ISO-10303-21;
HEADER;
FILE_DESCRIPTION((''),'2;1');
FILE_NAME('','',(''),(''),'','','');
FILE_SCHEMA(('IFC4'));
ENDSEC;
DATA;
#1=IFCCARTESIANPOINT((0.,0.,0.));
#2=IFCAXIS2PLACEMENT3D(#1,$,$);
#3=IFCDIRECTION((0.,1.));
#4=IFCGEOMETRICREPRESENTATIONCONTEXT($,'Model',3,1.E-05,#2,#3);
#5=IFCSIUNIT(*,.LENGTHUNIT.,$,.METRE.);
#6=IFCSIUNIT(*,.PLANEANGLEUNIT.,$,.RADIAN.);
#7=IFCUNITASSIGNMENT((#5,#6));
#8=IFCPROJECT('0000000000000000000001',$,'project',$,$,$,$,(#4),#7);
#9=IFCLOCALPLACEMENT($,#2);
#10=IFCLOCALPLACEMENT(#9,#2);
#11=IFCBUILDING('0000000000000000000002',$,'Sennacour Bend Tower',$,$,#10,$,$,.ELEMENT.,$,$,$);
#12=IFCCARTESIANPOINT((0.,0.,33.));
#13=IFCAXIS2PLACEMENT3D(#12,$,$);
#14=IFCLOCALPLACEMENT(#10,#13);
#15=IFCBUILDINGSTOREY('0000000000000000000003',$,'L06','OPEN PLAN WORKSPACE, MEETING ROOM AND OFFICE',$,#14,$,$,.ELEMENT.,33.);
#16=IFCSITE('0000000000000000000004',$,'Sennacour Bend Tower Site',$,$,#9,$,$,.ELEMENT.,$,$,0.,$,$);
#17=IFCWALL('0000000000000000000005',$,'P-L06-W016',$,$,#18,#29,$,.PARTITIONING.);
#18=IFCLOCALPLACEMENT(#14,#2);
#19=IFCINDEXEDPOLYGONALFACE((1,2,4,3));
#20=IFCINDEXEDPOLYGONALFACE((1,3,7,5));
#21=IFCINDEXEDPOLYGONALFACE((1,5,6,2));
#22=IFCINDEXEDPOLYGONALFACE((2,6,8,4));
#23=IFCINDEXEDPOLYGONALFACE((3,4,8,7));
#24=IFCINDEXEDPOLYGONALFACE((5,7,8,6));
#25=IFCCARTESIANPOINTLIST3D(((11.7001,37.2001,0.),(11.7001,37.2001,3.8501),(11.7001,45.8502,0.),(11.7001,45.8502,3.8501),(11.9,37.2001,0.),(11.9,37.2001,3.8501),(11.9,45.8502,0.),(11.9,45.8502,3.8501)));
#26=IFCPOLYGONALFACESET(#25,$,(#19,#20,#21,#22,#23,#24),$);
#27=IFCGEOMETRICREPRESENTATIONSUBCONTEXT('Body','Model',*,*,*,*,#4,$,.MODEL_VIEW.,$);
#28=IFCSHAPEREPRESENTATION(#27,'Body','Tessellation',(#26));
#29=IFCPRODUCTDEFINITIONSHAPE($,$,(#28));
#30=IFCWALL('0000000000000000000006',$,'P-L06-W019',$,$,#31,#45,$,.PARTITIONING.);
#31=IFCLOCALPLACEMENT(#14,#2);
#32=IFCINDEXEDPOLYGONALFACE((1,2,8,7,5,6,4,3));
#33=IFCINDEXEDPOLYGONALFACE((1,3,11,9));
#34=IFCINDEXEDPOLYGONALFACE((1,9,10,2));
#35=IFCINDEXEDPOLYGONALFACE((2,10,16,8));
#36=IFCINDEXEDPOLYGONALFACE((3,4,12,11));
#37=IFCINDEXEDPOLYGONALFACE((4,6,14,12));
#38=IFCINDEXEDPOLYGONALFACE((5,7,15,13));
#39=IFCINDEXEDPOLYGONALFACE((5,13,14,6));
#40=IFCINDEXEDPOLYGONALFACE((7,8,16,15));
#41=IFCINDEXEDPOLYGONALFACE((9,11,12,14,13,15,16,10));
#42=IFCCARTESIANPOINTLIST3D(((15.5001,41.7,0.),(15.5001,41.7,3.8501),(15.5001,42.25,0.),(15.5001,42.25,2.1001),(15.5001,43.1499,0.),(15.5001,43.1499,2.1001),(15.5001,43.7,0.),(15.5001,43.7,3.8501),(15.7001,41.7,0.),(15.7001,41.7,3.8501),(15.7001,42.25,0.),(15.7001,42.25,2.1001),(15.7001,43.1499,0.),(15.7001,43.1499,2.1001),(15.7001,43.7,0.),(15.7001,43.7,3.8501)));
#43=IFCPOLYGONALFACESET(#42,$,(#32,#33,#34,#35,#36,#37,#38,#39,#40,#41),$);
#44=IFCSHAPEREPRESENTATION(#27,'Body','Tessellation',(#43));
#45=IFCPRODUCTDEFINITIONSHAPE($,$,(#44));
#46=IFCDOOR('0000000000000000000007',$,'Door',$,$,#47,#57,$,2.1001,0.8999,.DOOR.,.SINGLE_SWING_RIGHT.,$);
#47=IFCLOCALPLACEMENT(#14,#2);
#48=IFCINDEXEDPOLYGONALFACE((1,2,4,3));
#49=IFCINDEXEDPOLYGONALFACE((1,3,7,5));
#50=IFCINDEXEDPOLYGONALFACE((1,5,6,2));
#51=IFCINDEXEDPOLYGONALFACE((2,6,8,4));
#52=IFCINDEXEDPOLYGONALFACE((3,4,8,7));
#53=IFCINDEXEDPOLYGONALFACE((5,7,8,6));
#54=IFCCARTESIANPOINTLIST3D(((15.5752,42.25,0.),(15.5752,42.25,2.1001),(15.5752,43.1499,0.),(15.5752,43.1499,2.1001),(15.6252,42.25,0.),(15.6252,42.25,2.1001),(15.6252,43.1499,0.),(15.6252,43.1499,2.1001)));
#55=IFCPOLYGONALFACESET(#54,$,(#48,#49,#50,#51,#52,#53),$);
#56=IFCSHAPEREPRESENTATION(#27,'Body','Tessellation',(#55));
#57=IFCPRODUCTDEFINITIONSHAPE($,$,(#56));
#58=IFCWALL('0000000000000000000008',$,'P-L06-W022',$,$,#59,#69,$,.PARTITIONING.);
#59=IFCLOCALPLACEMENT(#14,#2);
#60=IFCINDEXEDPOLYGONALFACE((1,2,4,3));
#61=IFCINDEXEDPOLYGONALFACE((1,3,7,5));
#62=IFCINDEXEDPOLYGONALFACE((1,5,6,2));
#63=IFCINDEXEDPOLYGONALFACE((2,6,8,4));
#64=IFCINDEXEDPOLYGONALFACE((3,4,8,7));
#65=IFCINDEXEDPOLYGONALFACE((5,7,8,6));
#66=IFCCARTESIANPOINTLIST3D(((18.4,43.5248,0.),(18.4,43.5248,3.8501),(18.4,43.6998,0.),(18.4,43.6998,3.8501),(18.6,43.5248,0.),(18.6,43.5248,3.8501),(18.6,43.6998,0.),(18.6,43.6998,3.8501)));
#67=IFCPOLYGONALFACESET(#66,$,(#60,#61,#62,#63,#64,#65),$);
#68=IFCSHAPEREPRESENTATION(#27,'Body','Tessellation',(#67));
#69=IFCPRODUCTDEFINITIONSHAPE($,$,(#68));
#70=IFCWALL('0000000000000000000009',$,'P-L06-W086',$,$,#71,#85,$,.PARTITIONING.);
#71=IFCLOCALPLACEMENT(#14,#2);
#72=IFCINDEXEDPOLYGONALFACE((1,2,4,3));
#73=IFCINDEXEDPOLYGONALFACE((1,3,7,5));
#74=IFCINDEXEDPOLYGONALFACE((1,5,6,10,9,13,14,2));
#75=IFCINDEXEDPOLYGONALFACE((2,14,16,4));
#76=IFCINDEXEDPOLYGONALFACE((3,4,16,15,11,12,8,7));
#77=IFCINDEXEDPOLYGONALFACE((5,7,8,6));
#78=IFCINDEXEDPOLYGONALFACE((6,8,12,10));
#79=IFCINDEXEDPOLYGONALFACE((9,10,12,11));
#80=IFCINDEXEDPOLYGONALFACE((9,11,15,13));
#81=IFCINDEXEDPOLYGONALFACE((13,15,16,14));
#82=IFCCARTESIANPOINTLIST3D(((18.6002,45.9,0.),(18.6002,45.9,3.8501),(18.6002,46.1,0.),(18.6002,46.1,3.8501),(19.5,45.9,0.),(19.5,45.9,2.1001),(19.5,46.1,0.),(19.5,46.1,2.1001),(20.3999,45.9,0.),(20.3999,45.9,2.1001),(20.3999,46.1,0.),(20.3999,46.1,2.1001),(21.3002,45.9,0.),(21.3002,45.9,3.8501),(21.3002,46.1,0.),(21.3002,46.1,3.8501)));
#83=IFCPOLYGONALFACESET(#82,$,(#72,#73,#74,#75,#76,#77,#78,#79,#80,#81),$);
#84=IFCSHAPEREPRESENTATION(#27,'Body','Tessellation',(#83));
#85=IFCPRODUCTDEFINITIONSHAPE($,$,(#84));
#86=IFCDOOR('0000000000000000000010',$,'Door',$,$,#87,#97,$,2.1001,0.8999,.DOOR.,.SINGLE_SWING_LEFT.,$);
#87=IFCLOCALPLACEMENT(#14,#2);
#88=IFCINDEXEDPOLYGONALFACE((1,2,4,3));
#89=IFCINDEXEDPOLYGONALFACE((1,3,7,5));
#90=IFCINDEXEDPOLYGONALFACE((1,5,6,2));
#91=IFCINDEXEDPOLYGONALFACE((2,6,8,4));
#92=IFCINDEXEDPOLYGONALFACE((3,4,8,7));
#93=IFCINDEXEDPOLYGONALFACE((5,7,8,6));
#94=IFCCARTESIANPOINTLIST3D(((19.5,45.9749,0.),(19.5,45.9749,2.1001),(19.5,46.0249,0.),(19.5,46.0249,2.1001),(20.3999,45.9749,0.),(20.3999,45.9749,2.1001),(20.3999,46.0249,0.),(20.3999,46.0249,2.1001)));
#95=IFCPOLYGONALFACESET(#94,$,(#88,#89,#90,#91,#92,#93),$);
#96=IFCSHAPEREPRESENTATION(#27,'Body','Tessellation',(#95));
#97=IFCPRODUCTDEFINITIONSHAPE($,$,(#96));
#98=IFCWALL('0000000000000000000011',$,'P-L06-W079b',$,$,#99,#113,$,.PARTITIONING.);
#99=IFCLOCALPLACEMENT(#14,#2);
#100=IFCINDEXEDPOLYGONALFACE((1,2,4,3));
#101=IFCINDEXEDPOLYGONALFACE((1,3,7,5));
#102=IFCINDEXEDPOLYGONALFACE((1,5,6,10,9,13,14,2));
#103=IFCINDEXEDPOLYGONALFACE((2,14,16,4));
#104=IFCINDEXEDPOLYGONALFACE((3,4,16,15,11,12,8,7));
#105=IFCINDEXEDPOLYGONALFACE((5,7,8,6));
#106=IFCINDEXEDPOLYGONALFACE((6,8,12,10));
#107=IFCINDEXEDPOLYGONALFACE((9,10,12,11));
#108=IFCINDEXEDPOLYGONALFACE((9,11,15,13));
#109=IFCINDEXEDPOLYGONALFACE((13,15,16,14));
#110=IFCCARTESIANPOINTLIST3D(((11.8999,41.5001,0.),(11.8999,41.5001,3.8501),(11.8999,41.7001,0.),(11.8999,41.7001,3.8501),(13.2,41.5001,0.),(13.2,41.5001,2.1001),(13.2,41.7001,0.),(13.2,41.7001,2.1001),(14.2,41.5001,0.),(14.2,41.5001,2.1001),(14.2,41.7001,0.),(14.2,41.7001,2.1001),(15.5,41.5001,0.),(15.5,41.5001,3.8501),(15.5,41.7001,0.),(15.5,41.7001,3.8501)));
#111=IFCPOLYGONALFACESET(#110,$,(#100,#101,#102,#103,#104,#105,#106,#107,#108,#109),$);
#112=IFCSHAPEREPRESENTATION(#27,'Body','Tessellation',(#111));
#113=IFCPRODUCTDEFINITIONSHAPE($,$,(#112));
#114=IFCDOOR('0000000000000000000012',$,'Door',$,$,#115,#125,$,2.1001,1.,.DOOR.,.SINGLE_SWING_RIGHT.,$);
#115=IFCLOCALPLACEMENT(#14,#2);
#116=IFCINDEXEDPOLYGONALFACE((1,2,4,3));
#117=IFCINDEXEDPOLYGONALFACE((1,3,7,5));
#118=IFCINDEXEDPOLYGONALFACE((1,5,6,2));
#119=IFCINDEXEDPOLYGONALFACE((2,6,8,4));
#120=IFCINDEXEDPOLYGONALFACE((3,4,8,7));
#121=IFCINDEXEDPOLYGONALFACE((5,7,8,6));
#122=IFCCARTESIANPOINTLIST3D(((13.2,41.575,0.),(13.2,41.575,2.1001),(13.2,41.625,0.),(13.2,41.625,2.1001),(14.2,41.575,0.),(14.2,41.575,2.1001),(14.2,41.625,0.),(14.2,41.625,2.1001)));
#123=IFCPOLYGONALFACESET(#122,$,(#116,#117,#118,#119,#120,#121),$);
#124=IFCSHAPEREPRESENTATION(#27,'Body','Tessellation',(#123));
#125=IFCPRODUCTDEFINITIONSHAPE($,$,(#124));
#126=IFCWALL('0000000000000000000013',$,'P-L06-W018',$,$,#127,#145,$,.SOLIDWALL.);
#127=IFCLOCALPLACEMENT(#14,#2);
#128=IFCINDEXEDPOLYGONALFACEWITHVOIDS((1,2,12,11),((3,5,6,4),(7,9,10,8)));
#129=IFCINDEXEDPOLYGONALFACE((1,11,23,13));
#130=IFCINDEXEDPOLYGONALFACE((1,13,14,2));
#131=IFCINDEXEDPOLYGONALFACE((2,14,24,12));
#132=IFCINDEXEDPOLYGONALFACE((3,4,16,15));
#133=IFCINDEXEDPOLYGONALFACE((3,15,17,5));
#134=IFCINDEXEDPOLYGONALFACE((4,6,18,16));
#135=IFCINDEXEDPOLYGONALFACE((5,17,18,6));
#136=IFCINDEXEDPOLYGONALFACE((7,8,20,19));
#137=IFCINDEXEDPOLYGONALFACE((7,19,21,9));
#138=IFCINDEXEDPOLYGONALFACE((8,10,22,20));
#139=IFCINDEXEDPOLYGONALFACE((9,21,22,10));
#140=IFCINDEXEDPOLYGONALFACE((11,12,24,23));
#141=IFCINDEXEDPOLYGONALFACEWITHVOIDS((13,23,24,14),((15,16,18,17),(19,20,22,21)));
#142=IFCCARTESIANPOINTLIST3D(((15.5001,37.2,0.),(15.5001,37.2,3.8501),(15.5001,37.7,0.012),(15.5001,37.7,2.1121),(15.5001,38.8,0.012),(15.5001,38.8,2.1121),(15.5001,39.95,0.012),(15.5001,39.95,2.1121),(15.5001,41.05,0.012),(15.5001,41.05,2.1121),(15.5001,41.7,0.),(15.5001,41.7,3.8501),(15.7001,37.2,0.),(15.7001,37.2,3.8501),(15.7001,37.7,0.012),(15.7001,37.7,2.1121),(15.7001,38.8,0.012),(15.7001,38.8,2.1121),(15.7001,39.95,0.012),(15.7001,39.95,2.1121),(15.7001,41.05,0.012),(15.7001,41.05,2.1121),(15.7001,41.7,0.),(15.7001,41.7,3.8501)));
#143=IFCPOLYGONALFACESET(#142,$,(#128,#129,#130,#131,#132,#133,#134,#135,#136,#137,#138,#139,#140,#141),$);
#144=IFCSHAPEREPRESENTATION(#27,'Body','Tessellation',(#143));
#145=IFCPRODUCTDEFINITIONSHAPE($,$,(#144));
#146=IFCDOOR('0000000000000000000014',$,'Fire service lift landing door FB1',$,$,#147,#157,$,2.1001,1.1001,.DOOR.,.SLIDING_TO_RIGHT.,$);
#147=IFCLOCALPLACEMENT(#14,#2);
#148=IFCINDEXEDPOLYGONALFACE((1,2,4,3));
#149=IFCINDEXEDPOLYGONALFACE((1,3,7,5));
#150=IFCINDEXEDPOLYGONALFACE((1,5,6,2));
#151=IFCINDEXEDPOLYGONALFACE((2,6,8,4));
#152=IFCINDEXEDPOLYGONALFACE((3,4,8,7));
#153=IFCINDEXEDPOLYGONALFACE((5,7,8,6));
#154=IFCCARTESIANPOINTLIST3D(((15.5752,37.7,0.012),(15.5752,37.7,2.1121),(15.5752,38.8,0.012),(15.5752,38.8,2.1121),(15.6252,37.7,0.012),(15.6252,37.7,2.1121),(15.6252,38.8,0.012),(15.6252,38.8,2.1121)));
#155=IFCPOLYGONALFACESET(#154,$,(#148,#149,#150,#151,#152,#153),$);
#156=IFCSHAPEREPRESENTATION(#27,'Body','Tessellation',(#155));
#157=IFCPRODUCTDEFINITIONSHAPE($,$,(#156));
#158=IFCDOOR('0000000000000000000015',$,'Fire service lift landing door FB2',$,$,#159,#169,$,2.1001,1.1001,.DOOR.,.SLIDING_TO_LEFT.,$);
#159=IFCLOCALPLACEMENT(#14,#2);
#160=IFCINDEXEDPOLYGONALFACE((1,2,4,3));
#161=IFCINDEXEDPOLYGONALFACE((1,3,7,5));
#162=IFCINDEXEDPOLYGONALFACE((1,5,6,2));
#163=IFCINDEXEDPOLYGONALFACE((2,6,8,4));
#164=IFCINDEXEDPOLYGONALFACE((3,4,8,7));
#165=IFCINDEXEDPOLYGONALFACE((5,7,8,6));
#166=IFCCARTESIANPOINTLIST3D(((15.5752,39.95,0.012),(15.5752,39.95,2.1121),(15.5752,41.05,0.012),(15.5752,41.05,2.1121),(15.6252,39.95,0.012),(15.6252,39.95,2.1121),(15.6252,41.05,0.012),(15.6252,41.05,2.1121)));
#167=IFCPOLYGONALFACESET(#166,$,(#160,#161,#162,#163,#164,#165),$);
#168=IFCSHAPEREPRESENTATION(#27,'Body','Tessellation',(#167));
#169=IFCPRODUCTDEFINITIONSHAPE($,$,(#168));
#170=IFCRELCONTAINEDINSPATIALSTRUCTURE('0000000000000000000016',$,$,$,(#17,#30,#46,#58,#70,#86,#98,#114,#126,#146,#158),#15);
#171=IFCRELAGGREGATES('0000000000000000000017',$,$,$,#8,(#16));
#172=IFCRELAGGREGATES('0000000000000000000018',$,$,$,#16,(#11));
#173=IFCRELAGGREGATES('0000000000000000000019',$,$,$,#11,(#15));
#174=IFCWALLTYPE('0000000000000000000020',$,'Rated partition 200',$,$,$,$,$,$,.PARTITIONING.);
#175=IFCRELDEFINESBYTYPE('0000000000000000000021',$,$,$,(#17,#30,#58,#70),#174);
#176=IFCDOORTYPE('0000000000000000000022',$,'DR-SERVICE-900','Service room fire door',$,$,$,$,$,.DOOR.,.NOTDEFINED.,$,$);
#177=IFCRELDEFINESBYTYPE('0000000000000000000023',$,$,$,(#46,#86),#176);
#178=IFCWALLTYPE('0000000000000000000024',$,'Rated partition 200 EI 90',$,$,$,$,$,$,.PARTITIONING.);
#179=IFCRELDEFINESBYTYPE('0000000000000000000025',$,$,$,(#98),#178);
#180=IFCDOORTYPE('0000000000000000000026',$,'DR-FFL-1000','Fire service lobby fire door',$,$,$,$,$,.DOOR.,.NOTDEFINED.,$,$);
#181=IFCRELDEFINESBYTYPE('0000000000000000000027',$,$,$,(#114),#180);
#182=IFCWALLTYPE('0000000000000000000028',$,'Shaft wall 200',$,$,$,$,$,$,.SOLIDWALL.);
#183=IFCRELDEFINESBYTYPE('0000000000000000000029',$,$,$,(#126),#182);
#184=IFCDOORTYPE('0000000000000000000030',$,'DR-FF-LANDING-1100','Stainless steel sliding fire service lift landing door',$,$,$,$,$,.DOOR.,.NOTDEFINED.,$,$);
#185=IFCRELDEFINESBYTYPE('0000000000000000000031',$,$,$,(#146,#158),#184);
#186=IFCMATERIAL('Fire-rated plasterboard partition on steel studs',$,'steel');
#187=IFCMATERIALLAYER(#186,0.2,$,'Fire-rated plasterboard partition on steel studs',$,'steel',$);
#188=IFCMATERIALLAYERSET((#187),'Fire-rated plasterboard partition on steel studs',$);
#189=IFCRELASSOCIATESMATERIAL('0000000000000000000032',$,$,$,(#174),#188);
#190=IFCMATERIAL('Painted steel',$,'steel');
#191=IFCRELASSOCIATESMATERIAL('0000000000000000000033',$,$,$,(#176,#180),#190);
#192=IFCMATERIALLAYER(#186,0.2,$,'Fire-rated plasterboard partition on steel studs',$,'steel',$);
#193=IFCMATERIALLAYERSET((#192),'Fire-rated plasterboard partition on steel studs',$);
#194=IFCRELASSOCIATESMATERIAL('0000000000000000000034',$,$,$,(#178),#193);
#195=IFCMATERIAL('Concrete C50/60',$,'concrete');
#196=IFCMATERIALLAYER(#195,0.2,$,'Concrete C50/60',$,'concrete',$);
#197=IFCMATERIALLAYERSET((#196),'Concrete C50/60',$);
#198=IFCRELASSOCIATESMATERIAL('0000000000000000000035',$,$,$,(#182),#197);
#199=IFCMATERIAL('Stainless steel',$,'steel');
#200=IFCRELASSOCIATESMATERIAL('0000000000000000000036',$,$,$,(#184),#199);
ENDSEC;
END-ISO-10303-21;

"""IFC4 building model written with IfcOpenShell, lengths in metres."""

from ifc_helpers import new_model, si_unit, direction, frame, frame_2d, origin, place, context, subcontext, project, spatial, rectangle, extrude, material, layer, layer_set, type_object, element, fill, save


model = new_model("IFC4")

# Units and contexts
model_context = context("Model", 3, precision=1e-05, world=origin(), true_north=direction((0.0, 1.0)))
body_context = subcontext(model_context, "Body", "Model", "MODEL_VIEW")
ifc_project = project(units=[si_unit("LENGTHUNIT", "METRE"), si_unit("PLANEANGLEUNIT", "RADIAN")], contexts=[model_context])

# Site, building, storey
site_placement = place(None, origin())
site = spatial("IfcSite", under=ifc_project, at=site_placement, Name="Sennacour Bend Tower Site", CompositionType="ELEMENT", RefElevation=0.0)
building_placement = place(site_placement, origin())
building = spatial("IfcBuilding", under=site, at=building_placement, Name="Sennacour Bend Tower", CompositionType="ELEMENT")
storey_placement = place(building_placement, frame((0.0, 0.0, 33.0)))
storey = spatial("IfcBuildingStorey", under=building, at=storey_placement, Name="L06", Description="OPEN PLAN WORKSPACE, MEETING ROOM AND OFFICE", CompositionType="ELEMENT", Elevation=33.0)

# Wall
ifc_material_1 = material(Name="Fire-rated plasterboard partition on steel studs", Category="steel")
ifc_layer_1 = layer(ifc_material_1, 0.2, Name="Fire-rated plasterboard partition on steel studs", Category="steel")
ifc_layer_set_1 = layer_set([ifc_layer_1], Name="Fire-rated plasterboard partition on steel studs")
wall_type_1 = type_object("IfcWallType", Name="Rated partition 200", PredefinedType="PARTITIONING", material=ifc_layer_set_1)
wall_1_placement = place(storey_placement, frame((11.8, 37.2, 0.0), z_axis=(0.0, 0.0, 1.0), x_axis=(0.0, 1.0, 0.0)))
element("IfcWall", 1, at=wall_1_placement, inside=storey, type_object=wall_type_1, Name="P-L06-W016", PredefinedType="PARTITIONING", context=body_context, shape_type="SweptSolid", body=[
    extrude(rectangle(XDim=8.6501, YDim=0.2, at=frame_2d((4.3252, 0.0))), origin(), (0.0, 0.0, 1.0), 3.8501),
])

# Wall, opening, door
wall_2_placement = place(storey_placement, frame((15.6001, 41.7, 0.0), z_axis=(0.0, 0.0, 1.0), x_axis=(0.0, 1.0, 0.0)))
wall_2 = element("IfcWall", 2, at=wall_2_placement, inside=storey, type_object=wall_type_1, Name="P-L06-W019", PredefinedType="PARTITIONING", context=body_context, shape_type="SweptSolid", body=[
    extrude(rectangle(XDim=2.0, YDim=0.2, at=frame_2d((1.0, 0.0))), origin(), (0.0, 0.0, 1.0), 3.8501),
])
opening_1_placement = place(wall_2_placement, frame((0.55, 0.0, 0.0)))
opening_1 = element("IfcOpeningElement", 3, at=opening_1_placement, cuts=wall_2, PredefinedType="OPENING", context=body_context, shape_type="SweptSolid", body=[
    extrude(rectangle(XDim=0.8999, YDim=2.1001, at=frame_2d((0.45, 1.05))), frame((0.0, 0.1099, 0.0), z_axis=(0.0, -1.0, 0.0), x_axis=(1.0, 0.0, 0.0)), (0.0, 0.0, 1.0), 0.22),
])
ifc_material_2 = material(Name="Painted steel", Category="steel")
door_type_1 = type_object("IfcDoorType", Name="DR-SERVICE-900", Description="Service room fire door", OperationType="NOTDEFINED", PredefinedType="DOOR", material=ifc_material_2)
door_1_placement = place(opening_1_placement, origin())
door_1 = element("IfcDoor", 4, at=door_1_placement, inside=storey, type_object=door_type_1, Name="Door", OperationType="SINGLE_SWING_RIGHT", OverallHeight=2.1001, OverallWidth=0.8999, PredefinedType="DOOR", context=body_context, shape_type="SweptSolid", body=[
    extrude(rectangle(XDim=0.8999, YDim=2.1001, at=frame_2d((0.45, 1.05))), frame((0.0, 0.0249, 0.0), z_axis=(0.0, -1.0, 0.0), x_axis=(1.0, 0.0, 0.0)), (0.0, 0.0, 1.0), 0.05),
])
fill(opening_1, door_1)

# Wall
wall_3_placement = place(storey_placement, frame((18.5, 43.5249, 0.0), z_axis=(0.0, 0.0, 1.0), x_axis=(0.0, 1.0, 0.0)))
element("IfcWall", 5, at=wall_3_placement, inside=storey, type_object=wall_type_1, Name="P-L06-W022", PredefinedType="PARTITIONING", context=body_context, shape_type="SweptSolid", body=[
    extrude(rectangle(XDim=0.175, YDim=0.2, at=frame_2d((0.0874, 0.0))), origin(), (0.0, 0.0, 1.0), 3.8501),
])

# Walls, openings, doors
wall_4_placement = place(storey_placement, frame((18.6001, 46.0, 0.0), z_axis=(0.0, 0.0, 1.0), x_axis=(1.0, 0.0, 0.0)))
wall_4 = element("IfcWall", 6, at=wall_4_placement, inside=storey, type_object=wall_type_1, Name="P-L06-W086", PredefinedType="PARTITIONING", context=body_context, shape_type="SweptSolid", body=[
    extrude(rectangle(XDim=2.7, YDim=0.2, at=frame_2d((1.3501, 0.0))), origin(), (0.0, 0.0, 1.0), 3.8501),
])
opening_2_placement = place(wall_4_placement, frame((0.8999, 0.0, 0.0)))
opening_2 = element("IfcOpeningElement", 7, at=opening_2_placement, cuts=wall_4, PredefinedType="OPENING", context=body_context, shape_type="SweptSolid", body=[
    extrude(rectangle(XDim=0.8999, YDim=2.1001, at=frame_2d((0.45, 1.05))), frame((0.0, 0.1099, 0.0), z_axis=(0.0, -1.0, 0.0), x_axis=(1.0, 0.0, 0.0)), (0.0, 0.0, 1.0), 0.22),
])
door_2_placement = place(opening_2_placement, origin())
door_2 = element("IfcDoor", 8, at=door_2_placement, inside=storey, type_object=door_type_1, Name="Door", OperationType="SINGLE_SWING_LEFT", OverallHeight=2.1001, OverallWidth=0.8999, PredefinedType="DOOR", context=body_context, shape_type="SweptSolid", body=[
    extrude(rectangle(XDim=0.8999, YDim=2.1001, at=frame_2d((0.45, 1.05))), frame((0.0, 0.0249, 0.0), z_axis=(0.0, -1.0, 0.0), x_axis=(1.0, 0.0, 0.0)), (0.0, 0.0, 1.0), 0.05),
])
fill(opening_2, door_2)
ifc_layer_2 = layer(ifc_material_1, 0.2, Name="Fire-rated plasterboard partition on steel studs", Category="steel")
ifc_layer_set_2 = layer_set([ifc_layer_2], Name="Fire-rated plasterboard partition on steel studs")
wall_type_2 = type_object("IfcWallType", Name="Rated partition 200 EI 90", PredefinedType="PARTITIONING", material=ifc_layer_set_2)
wall_5_placement = place(storey_placement, frame((11.8999, 41.6001, 0.0), z_axis=(0.0, 0.0, 1.0), x_axis=(1.0, 0.0, 0.0)))
wall_5 = element("IfcWall", 9, at=wall_5_placement, inside=storey, type_object=wall_type_2, Name="P-L06-W079b", PredefinedType="PARTITIONING", context=body_context, shape_type="SweptSolid", body=[
    extrude(rectangle(XDim=3.6001, YDim=0.2, at=frame_2d((1.8, 0.0))), origin(), (0.0, 0.0, 1.0), 3.8501),
])
opening_3_placement = place(wall_5_placement, frame((1.3, 0.0, 0.0)))
opening_3 = element("IfcOpeningElement", 10, at=opening_3_placement, cuts=wall_5, PredefinedType="OPENING", context=body_context, shape_type="SweptSolid", body=[
    extrude(rectangle(XDim=1.0, YDim=2.1001, at=frame_2d((0.5, 1.05))), frame((0.0, 0.1099, 0.0), z_axis=(0.0, -1.0, 0.0), x_axis=(1.0, 0.0, 0.0)), (0.0, 0.0, 1.0), 0.22),
])
door_type_2 = type_object("IfcDoorType", Name="DR-FFL-1000", Description="Fire service lobby fire door", OperationType="NOTDEFINED", PredefinedType="DOOR", material=ifc_material_2)
door_3_placement = place(opening_3_placement, origin())
door_3 = element("IfcDoor", 11, at=door_3_placement, inside=storey, type_object=door_type_2, Name="Door", OperationType="SINGLE_SWING_RIGHT", OverallHeight=2.1001, OverallWidth=1.0, PredefinedType="DOOR", context=body_context, shape_type="SweptSolid", body=[
    extrude(rectangle(XDim=1.0, YDim=2.1001, at=frame_2d((0.5, 1.05))), frame((0.0, 0.0249, 0.0), z_axis=(0.0, -1.0, 0.0), x_axis=(1.0, 0.0, 0.0)), (0.0, 0.0, 1.0), 0.05),
])
fill(opening_3, door_3)

# Wall, openings, doors
ifc_material_3 = material(Name="Concrete C50/60", Category="concrete")
ifc_layer_3 = layer(ifc_material_3, 0.2, Name="Concrete C50/60", Category="concrete")
ifc_layer_set_3 = layer_set([ifc_layer_3], Name="Concrete C50/60")
wall_type_3 = type_object("IfcWallType", Name="Shaft wall 200", PredefinedType="SOLIDWALL", material=ifc_layer_set_3)
wall_6_placement = place(storey_placement, frame((15.6001, 37.2, 0.0), z_axis=(0.0, 0.0, 1.0), x_axis=(0.0, 1.0, 0.0)))
wall_6 = element("IfcWall", 12, at=wall_6_placement, inside=storey, type_object=wall_type_3, Name="P-L06-W018", PredefinedType="SOLIDWALL", context=body_context, shape_type="SweptSolid", body=[
    extrude(rectangle(XDim=4.5, YDim=0.2, at=frame_2d((2.25, 0.0))), origin(), (0.0, 0.0, 1.0), 3.8501),
])
opening_4_placement = place(wall_6_placement, frame((0.5, 0.0, 0.012)))
opening_4 = element("IfcOpeningElement", 13, at=opening_4_placement, cuts=wall_6, PredefinedType="OPENING", context=body_context, shape_type="SweptSolid", body=[
    extrude(rectangle(XDim=1.1001, YDim=2.1001, at=frame_2d((0.55, 1.05))), frame((0.0, 0.1099, 0.0), z_axis=(0.0, -1.0, 0.0), x_axis=(1.0, 0.0, 0.0)), (0.0, 0.0, 1.0), 0.22),
])
opening_5_placement = place(wall_6_placement, frame((2.75, 0.0, 0.012)))
opening_5 = element("IfcOpeningElement", 14, at=opening_5_placement, cuts=wall_6, PredefinedType="OPENING", context=body_context, shape_type="SweptSolid", body=[
    extrude(rectangle(XDim=1.1001, YDim=2.1001, at=frame_2d((0.55, 1.05))), frame((0.0, 0.1099, 0.0), z_axis=(0.0, -1.0, 0.0), x_axis=(1.0, 0.0, 0.0)), (0.0, 0.0, 1.0), 0.22),
])
ifc_material_4 = material(Name="Stainless steel", Category="steel")
door_type_3 = type_object("IfcDoorType", Name="DR-FF-LANDING-1100", Description="Stainless steel sliding fire service lift landing door", OperationType="NOTDEFINED", PredefinedType="DOOR", material=ifc_material_4)
door_4_placement = place(opening_4_placement, origin())
door_4 = element("IfcDoor", 15, at=door_4_placement, inside=storey, type_object=door_type_3, Name="Fire service lift landing door FB1", OperationType="SLIDING_TO_RIGHT", OverallHeight=2.1001, OverallWidth=1.1001, PredefinedType="DOOR", context=body_context, shape_type="SweptSolid", body=[
    extrude(rectangle(XDim=1.1001, YDim=2.1001, at=frame_2d((0.55, 1.05))), frame((0.0, 0.0249, 0.0), z_axis=(0.0, -1.0, 0.0), x_axis=(1.0, 0.0, 0.0)), (0.0, 0.0, 1.0), 0.05),
])
fill(opening_4, door_4)
door_5_placement = place(opening_5_placement, origin())
door_5 = element("IfcDoor", 16, at=door_5_placement, inside=storey, type_object=door_type_3, Name="Fire service lift landing door FB2", OperationType="SLIDING_TO_LEFT", OverallHeight=2.1001, OverallWidth=1.1001, PredefinedType="DOOR", context=body_context, shape_type="SweptSolid", body=[
    extrude(rectangle(XDim=1.1001, YDim=2.1001, at=frame_2d((0.55, 1.05))), frame((0.0, 0.0249, 0.0), z_axis=(0.0, -1.0, 0.0), x_axis=(1.0, 0.0, 0.0)), (0.0, 0.0, 1.0), 0.05),
])
fill(opening_5, door_5)

save(model, "model.ifc")
